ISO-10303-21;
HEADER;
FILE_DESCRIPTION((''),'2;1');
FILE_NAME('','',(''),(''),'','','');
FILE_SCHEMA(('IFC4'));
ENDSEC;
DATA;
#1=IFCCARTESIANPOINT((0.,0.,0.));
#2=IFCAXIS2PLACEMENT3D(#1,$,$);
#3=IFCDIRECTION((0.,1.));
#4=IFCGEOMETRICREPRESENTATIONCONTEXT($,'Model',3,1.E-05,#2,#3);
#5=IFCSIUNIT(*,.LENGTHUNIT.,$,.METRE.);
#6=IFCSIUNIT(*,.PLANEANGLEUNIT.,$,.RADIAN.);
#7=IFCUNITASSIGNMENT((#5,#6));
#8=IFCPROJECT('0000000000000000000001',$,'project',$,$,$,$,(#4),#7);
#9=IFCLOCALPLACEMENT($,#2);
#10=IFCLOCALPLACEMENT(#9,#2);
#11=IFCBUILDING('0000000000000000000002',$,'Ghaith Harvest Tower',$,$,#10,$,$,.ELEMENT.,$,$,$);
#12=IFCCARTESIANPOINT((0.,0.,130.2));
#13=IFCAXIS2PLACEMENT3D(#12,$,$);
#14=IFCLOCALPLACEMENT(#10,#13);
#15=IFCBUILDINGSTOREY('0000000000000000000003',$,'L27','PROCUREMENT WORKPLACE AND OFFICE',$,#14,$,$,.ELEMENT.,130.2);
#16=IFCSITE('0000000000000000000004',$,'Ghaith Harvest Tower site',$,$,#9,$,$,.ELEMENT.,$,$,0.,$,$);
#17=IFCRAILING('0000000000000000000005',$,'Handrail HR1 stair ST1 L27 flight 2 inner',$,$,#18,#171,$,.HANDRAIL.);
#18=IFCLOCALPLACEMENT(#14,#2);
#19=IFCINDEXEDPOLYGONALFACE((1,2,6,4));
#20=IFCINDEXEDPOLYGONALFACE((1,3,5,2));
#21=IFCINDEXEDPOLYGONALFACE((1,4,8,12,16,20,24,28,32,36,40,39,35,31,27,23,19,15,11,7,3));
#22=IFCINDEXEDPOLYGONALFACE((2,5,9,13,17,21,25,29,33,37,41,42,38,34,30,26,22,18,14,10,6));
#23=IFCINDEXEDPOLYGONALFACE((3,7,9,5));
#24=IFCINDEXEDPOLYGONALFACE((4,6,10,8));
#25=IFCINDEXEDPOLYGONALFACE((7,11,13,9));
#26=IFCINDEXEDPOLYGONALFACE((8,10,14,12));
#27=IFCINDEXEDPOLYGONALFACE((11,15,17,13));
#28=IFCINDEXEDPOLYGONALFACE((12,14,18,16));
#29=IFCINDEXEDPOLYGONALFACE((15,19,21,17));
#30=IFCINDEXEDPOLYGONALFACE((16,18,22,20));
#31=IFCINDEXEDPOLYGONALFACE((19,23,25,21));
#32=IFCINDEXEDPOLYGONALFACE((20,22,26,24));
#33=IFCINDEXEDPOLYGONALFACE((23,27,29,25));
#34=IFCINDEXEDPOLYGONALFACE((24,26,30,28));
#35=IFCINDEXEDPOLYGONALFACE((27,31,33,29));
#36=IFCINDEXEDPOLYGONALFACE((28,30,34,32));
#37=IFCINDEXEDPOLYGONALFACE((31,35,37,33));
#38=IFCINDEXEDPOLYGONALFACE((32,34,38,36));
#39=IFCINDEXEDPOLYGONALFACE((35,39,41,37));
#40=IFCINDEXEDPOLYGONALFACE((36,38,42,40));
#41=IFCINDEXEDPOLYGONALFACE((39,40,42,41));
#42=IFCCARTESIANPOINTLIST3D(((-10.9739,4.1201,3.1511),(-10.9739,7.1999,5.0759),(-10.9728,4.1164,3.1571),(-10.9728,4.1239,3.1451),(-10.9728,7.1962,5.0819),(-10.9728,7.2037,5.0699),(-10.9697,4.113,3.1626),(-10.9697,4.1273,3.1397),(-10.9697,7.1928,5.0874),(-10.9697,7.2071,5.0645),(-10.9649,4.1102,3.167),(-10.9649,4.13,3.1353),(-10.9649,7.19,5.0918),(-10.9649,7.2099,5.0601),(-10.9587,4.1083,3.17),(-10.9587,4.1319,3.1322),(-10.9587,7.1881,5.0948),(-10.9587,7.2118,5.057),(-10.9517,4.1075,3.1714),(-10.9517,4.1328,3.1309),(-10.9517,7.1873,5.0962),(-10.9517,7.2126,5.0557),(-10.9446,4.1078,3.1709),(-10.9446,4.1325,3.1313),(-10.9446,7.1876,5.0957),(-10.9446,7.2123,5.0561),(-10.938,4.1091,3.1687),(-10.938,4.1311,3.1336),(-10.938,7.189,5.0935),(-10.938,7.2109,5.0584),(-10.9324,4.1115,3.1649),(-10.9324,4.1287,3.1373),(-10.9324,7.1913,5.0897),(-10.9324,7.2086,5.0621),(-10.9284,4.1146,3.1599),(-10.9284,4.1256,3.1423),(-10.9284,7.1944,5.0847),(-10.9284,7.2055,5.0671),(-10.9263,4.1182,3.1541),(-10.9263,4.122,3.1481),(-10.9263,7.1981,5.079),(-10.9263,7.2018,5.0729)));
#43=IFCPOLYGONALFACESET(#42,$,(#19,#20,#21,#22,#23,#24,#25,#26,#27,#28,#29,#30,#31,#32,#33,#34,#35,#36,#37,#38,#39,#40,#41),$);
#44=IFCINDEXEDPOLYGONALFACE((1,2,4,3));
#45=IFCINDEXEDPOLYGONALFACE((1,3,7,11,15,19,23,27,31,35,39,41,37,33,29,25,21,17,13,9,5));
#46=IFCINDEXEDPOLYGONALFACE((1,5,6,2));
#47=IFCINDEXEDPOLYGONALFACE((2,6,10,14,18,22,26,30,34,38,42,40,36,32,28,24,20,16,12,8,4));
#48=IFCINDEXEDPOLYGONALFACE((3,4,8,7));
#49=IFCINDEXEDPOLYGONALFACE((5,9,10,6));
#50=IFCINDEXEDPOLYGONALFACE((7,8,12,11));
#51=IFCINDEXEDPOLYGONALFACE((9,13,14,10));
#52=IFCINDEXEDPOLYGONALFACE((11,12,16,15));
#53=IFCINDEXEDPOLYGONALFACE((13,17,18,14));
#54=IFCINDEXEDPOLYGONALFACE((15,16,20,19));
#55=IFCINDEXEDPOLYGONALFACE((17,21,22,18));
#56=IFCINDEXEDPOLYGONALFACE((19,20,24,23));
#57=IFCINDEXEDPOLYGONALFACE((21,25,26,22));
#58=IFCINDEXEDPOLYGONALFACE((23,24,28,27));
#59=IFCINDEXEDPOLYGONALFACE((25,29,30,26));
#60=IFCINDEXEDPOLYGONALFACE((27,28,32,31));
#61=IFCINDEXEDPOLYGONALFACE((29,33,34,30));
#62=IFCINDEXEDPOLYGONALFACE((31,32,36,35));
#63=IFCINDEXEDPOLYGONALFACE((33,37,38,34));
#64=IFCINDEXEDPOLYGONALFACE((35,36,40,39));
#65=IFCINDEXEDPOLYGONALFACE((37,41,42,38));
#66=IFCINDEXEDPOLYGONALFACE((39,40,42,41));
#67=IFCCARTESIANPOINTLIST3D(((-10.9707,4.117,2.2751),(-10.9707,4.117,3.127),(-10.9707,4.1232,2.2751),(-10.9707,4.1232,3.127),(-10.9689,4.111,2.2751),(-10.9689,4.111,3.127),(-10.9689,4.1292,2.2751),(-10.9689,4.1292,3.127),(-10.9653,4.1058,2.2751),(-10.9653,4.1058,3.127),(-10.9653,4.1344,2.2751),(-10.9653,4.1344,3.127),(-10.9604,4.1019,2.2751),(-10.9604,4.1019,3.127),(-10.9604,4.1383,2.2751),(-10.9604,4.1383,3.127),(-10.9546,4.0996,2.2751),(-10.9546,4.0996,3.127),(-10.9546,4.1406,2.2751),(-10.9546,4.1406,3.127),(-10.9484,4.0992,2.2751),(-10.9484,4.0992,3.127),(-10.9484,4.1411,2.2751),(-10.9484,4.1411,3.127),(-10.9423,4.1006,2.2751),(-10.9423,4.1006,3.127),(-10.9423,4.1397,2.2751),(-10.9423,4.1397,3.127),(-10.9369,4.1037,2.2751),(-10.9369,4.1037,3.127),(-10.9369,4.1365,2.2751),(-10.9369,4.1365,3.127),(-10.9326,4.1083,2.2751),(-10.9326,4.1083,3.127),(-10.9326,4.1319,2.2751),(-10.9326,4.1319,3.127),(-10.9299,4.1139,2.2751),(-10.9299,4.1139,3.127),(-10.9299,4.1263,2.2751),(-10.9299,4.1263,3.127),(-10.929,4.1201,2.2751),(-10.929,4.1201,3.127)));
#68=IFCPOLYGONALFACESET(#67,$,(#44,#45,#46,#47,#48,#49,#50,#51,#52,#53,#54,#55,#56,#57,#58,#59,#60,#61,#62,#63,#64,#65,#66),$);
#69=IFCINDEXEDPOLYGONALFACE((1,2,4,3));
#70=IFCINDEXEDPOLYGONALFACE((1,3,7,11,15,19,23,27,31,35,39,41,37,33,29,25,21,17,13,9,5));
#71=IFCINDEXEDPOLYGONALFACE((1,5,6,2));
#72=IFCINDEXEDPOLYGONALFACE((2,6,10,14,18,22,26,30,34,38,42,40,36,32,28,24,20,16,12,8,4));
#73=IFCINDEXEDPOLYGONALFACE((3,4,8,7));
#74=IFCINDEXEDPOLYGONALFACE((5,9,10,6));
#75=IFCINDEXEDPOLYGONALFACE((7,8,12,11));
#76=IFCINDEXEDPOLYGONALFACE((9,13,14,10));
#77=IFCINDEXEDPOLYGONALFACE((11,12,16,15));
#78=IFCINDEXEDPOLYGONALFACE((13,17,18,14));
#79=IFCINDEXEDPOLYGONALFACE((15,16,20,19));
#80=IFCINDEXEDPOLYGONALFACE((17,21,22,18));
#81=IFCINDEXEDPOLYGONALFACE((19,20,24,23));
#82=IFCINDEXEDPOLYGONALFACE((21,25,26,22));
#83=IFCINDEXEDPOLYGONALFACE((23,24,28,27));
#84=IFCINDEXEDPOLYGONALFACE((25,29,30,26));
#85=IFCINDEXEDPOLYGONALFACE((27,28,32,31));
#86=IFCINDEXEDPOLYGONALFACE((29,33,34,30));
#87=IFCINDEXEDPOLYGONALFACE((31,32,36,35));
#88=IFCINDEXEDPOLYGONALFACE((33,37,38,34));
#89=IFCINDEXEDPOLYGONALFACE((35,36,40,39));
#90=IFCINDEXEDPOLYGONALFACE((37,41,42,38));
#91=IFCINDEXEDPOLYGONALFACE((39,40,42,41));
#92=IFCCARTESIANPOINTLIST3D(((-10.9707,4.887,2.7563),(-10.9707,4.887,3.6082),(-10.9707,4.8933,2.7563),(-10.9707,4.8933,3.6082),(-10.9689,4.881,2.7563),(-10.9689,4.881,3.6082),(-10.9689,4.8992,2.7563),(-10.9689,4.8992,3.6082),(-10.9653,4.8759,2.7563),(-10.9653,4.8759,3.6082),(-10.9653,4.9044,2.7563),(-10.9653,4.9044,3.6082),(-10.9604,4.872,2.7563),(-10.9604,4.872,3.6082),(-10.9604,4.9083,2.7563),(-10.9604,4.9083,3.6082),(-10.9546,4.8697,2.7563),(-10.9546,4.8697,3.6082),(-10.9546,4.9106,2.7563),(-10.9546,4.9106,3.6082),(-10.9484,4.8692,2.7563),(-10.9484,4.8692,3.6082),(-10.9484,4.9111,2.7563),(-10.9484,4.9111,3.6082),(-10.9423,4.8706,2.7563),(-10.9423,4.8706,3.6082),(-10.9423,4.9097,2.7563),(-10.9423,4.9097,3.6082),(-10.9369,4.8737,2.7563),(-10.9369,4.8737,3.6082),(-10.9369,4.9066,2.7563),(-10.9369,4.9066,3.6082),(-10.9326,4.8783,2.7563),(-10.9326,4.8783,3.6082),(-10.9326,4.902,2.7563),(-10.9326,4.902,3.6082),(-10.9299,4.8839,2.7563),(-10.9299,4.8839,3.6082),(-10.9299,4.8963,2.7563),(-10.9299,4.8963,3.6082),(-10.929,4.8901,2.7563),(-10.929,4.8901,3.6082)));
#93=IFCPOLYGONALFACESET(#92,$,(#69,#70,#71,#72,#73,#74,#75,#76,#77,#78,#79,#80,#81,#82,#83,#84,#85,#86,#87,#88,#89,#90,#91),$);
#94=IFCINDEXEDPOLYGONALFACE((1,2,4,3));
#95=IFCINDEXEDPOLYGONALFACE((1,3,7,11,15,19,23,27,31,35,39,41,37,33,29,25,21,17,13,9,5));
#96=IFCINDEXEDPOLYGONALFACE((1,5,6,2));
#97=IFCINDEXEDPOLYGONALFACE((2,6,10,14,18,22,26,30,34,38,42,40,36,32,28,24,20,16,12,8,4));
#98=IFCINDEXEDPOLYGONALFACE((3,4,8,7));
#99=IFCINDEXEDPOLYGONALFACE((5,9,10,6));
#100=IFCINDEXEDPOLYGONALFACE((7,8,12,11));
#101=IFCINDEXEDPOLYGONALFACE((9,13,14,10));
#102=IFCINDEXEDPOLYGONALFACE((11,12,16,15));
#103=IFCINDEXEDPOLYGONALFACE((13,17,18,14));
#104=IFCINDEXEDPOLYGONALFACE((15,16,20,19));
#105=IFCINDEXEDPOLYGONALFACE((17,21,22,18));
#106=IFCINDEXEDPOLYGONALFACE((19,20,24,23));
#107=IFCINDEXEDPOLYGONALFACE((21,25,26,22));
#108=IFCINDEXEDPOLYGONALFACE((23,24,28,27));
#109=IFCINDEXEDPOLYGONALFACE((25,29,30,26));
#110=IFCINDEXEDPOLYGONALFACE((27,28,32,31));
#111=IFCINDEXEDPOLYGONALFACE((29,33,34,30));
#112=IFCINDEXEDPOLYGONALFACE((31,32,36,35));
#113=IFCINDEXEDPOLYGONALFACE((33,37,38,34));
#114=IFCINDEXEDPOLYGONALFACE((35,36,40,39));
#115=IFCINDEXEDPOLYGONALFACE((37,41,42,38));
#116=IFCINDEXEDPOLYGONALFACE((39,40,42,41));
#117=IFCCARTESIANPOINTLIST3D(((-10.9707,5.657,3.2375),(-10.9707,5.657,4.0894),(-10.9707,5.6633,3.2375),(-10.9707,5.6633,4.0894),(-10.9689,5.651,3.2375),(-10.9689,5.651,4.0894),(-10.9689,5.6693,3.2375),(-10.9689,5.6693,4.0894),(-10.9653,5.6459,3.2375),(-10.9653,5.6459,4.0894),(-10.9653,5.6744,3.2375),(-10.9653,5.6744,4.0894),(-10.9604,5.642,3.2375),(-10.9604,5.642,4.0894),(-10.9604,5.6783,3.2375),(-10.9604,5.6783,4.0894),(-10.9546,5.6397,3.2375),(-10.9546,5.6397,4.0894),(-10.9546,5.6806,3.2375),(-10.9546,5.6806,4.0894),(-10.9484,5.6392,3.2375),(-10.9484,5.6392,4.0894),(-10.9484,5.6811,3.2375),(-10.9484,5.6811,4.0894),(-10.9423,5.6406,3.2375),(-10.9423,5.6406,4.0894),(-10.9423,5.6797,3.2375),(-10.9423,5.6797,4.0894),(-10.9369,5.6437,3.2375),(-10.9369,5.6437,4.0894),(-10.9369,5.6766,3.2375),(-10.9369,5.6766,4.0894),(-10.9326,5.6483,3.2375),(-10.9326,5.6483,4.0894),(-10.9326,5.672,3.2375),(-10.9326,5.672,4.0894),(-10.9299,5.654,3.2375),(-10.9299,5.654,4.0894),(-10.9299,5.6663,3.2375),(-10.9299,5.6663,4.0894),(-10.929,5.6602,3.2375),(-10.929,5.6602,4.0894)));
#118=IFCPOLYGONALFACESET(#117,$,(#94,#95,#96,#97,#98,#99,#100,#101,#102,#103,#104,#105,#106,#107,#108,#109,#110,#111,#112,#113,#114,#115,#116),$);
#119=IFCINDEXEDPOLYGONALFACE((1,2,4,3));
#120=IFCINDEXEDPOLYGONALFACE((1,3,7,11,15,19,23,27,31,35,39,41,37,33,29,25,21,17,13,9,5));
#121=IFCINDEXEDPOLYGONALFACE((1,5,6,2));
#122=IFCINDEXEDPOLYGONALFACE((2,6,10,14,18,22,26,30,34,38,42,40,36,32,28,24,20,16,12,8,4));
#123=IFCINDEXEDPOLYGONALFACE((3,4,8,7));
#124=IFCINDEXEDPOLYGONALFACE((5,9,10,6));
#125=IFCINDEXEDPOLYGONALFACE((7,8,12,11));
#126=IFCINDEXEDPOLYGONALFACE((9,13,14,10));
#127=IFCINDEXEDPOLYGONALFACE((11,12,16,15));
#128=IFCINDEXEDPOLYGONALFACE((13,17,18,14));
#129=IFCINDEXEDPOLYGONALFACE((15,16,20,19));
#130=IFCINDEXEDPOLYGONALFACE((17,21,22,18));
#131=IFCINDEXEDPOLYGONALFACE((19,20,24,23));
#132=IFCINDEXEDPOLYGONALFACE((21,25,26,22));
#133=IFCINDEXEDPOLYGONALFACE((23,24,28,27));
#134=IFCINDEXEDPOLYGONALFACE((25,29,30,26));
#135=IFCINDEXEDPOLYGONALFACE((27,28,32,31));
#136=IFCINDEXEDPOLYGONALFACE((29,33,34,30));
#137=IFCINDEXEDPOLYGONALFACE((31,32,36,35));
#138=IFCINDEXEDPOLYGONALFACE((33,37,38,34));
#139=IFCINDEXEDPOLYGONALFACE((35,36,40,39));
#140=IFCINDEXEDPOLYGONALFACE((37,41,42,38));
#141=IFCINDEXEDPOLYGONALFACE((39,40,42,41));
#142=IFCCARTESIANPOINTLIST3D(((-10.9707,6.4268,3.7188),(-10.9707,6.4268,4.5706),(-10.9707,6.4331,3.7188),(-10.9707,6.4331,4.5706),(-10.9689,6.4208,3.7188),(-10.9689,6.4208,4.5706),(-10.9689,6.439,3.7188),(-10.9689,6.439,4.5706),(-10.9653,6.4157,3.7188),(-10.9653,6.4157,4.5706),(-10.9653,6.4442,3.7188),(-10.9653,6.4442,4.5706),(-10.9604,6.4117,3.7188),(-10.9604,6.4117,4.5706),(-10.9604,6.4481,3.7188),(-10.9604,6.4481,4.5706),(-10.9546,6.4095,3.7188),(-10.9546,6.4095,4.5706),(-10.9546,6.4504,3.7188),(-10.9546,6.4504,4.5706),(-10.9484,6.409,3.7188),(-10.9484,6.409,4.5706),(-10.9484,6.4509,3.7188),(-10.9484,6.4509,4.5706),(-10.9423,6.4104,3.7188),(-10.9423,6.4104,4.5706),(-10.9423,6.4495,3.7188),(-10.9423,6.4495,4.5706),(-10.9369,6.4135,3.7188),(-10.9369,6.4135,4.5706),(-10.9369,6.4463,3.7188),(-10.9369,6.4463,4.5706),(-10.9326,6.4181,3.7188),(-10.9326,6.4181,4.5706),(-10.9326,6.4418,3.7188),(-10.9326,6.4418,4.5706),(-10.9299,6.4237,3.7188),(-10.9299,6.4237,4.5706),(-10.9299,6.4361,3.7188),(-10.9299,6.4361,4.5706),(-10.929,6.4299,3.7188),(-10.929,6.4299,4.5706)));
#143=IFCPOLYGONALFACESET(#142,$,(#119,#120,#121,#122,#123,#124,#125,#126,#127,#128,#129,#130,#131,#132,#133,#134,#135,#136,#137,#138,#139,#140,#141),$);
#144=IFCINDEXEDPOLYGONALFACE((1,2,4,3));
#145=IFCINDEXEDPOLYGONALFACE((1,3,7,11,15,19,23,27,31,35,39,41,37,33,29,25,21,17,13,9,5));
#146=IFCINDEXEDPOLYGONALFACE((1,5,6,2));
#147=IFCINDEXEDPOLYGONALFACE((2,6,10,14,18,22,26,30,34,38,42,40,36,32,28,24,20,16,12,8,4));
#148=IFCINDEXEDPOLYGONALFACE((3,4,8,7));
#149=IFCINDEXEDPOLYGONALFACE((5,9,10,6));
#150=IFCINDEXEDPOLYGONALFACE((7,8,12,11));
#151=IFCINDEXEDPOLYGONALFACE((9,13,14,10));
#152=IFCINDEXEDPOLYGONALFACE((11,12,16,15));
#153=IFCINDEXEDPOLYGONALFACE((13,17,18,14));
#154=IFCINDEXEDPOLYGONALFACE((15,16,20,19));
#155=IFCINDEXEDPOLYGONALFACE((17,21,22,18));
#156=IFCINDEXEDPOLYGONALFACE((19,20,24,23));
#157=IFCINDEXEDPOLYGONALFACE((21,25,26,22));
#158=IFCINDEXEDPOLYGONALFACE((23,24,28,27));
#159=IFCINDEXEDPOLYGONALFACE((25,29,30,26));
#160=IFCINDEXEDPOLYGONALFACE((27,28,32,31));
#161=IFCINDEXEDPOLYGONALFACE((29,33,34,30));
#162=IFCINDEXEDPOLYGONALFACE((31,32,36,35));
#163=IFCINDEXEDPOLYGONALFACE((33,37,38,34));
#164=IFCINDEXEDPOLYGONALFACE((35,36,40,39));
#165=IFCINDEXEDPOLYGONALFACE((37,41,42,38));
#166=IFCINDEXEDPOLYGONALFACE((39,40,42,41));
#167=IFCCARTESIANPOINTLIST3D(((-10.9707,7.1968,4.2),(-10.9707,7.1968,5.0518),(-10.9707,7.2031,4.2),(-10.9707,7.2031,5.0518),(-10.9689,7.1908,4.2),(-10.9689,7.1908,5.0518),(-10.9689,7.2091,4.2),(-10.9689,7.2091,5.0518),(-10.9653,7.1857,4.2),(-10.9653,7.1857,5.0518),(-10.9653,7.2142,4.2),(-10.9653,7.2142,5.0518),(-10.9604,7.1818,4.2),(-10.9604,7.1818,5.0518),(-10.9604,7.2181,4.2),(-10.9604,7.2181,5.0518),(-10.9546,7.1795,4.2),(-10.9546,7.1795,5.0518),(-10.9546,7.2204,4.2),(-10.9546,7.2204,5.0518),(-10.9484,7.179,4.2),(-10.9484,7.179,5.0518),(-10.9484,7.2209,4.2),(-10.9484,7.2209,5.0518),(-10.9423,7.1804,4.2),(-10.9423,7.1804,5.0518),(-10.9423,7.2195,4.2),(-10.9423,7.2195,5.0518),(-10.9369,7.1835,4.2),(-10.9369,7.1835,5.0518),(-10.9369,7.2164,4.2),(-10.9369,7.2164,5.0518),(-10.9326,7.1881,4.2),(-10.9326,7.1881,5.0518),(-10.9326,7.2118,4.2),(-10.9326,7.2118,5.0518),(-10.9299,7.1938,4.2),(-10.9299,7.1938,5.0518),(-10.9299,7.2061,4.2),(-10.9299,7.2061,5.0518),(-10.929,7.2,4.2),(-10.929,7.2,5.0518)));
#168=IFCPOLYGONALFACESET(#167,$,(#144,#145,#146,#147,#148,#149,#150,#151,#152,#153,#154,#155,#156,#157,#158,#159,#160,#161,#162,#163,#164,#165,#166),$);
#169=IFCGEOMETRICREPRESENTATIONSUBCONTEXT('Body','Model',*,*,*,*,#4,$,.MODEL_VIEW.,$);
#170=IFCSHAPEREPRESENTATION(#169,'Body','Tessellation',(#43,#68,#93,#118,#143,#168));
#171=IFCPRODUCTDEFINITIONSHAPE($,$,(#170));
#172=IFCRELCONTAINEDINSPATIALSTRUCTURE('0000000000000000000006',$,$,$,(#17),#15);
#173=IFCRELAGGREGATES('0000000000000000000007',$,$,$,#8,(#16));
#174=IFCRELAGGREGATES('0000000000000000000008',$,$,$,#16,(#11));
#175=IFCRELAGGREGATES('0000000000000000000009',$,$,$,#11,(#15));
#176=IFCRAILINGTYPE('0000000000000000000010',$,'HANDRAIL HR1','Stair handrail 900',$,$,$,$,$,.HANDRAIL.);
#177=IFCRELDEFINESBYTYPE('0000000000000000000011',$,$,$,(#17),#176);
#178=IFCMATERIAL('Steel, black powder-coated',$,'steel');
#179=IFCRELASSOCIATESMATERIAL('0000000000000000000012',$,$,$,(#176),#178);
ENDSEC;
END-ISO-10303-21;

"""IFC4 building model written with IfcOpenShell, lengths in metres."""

from ifc_helpers import new_model, si_unit, direction, frame, origin, origin_2d, place, context, subcontext, project, spatial, circle, extrude, material, type_object, element, save


model = new_model("IFC4")

# Units and contexts
model_context = context("Model", 3, precision=1e-05, world=origin(), true_north=direction((0.0, 1.0)))
body_context = subcontext(model_context, "Body", "Model", "MODEL_VIEW")
ifc_project = project(units=[si_unit("LENGTHUNIT", "METRE"), si_unit("PLANEANGLEUNIT", "RADIAN")], contexts=[model_context])

# Site, building, storey
site_placement = place(None, origin())
site = spatial("IfcSite", under=ifc_project, at=site_placement, Name="Ghaith Harvest Tower site", CompositionType="ELEMENT", RefElevation=0.0)
building_placement = place(site_placement, origin())
building = spatial("IfcBuilding", under=site, at=building_placement, Name="Ghaith Harvest Tower", CompositionType="ELEMENT")
storey_placement = place(building_placement, frame((0.0, 0.0, 130.2)))
storey = spatial("IfcBuildingStorey", under=building, at=storey_placement, Name="L27", Description="PROCUREMENT WORKPLACE AND OFFICE", CompositionType="ELEMENT", Elevation=130.2)

# Railing
ifc_material_1 = material(Name="Steel, black powder-coated", Category="steel")
railing_type = type_object("IfcRailingType", Name="HANDRAIL HR1", Description="Stair handrail 900", PredefinedType="HANDRAIL", material=ifc_material_1)
railing_1_placement = place(storey_placement, frame((-10.95, 4.1201, 2.2751)))
element("IfcRailing", 1, at=railing_1_placement, inside=storey, type_object=railing_type, Name="Handrail HR1 stair ST1 L27 flight 2 inner", PredefinedType="HANDRAIL", context=body_context, shape_type="SweptSolid", body=[
    extrude(circle(Radius=0.0239, at=origin_2d()), frame((0.0, 0.0, 0.876), z_axis=(0.0, 0.84801, 0.529981), x_axis=(-1.0, 0.0, 0.0)), (0.0, 0.0, 1.0), 3.6318),
    extrude(circle(Radius=0.021, at=origin_2d()), origin(), (0.0, 0.0, 1.0), 0.8518),
    extrude(circle(Radius=0.021, at=origin_2d()), frame((0.0, 0.77, 0.4812)), (0.0, 0.0, 1.0), 0.8518),
    extrude(circle(Radius=0.021, at=origin_2d()), frame((0.0, 1.54, 0.9624)), (0.0, 0.0, 1.0), 0.8518),
    extrude(circle(Radius=0.021, at=origin_2d()), frame((0.0, 2.3098, 1.4436)), (0.0, 0.0, 1.0), 0.8518),
    extrude(circle(Radius=0.021, at=origin_2d()), frame((0.0, 3.0798, 1.9248)), (0.0, 0.0, 1.0), 0.8518),
])

save(model, "model.ifc")
